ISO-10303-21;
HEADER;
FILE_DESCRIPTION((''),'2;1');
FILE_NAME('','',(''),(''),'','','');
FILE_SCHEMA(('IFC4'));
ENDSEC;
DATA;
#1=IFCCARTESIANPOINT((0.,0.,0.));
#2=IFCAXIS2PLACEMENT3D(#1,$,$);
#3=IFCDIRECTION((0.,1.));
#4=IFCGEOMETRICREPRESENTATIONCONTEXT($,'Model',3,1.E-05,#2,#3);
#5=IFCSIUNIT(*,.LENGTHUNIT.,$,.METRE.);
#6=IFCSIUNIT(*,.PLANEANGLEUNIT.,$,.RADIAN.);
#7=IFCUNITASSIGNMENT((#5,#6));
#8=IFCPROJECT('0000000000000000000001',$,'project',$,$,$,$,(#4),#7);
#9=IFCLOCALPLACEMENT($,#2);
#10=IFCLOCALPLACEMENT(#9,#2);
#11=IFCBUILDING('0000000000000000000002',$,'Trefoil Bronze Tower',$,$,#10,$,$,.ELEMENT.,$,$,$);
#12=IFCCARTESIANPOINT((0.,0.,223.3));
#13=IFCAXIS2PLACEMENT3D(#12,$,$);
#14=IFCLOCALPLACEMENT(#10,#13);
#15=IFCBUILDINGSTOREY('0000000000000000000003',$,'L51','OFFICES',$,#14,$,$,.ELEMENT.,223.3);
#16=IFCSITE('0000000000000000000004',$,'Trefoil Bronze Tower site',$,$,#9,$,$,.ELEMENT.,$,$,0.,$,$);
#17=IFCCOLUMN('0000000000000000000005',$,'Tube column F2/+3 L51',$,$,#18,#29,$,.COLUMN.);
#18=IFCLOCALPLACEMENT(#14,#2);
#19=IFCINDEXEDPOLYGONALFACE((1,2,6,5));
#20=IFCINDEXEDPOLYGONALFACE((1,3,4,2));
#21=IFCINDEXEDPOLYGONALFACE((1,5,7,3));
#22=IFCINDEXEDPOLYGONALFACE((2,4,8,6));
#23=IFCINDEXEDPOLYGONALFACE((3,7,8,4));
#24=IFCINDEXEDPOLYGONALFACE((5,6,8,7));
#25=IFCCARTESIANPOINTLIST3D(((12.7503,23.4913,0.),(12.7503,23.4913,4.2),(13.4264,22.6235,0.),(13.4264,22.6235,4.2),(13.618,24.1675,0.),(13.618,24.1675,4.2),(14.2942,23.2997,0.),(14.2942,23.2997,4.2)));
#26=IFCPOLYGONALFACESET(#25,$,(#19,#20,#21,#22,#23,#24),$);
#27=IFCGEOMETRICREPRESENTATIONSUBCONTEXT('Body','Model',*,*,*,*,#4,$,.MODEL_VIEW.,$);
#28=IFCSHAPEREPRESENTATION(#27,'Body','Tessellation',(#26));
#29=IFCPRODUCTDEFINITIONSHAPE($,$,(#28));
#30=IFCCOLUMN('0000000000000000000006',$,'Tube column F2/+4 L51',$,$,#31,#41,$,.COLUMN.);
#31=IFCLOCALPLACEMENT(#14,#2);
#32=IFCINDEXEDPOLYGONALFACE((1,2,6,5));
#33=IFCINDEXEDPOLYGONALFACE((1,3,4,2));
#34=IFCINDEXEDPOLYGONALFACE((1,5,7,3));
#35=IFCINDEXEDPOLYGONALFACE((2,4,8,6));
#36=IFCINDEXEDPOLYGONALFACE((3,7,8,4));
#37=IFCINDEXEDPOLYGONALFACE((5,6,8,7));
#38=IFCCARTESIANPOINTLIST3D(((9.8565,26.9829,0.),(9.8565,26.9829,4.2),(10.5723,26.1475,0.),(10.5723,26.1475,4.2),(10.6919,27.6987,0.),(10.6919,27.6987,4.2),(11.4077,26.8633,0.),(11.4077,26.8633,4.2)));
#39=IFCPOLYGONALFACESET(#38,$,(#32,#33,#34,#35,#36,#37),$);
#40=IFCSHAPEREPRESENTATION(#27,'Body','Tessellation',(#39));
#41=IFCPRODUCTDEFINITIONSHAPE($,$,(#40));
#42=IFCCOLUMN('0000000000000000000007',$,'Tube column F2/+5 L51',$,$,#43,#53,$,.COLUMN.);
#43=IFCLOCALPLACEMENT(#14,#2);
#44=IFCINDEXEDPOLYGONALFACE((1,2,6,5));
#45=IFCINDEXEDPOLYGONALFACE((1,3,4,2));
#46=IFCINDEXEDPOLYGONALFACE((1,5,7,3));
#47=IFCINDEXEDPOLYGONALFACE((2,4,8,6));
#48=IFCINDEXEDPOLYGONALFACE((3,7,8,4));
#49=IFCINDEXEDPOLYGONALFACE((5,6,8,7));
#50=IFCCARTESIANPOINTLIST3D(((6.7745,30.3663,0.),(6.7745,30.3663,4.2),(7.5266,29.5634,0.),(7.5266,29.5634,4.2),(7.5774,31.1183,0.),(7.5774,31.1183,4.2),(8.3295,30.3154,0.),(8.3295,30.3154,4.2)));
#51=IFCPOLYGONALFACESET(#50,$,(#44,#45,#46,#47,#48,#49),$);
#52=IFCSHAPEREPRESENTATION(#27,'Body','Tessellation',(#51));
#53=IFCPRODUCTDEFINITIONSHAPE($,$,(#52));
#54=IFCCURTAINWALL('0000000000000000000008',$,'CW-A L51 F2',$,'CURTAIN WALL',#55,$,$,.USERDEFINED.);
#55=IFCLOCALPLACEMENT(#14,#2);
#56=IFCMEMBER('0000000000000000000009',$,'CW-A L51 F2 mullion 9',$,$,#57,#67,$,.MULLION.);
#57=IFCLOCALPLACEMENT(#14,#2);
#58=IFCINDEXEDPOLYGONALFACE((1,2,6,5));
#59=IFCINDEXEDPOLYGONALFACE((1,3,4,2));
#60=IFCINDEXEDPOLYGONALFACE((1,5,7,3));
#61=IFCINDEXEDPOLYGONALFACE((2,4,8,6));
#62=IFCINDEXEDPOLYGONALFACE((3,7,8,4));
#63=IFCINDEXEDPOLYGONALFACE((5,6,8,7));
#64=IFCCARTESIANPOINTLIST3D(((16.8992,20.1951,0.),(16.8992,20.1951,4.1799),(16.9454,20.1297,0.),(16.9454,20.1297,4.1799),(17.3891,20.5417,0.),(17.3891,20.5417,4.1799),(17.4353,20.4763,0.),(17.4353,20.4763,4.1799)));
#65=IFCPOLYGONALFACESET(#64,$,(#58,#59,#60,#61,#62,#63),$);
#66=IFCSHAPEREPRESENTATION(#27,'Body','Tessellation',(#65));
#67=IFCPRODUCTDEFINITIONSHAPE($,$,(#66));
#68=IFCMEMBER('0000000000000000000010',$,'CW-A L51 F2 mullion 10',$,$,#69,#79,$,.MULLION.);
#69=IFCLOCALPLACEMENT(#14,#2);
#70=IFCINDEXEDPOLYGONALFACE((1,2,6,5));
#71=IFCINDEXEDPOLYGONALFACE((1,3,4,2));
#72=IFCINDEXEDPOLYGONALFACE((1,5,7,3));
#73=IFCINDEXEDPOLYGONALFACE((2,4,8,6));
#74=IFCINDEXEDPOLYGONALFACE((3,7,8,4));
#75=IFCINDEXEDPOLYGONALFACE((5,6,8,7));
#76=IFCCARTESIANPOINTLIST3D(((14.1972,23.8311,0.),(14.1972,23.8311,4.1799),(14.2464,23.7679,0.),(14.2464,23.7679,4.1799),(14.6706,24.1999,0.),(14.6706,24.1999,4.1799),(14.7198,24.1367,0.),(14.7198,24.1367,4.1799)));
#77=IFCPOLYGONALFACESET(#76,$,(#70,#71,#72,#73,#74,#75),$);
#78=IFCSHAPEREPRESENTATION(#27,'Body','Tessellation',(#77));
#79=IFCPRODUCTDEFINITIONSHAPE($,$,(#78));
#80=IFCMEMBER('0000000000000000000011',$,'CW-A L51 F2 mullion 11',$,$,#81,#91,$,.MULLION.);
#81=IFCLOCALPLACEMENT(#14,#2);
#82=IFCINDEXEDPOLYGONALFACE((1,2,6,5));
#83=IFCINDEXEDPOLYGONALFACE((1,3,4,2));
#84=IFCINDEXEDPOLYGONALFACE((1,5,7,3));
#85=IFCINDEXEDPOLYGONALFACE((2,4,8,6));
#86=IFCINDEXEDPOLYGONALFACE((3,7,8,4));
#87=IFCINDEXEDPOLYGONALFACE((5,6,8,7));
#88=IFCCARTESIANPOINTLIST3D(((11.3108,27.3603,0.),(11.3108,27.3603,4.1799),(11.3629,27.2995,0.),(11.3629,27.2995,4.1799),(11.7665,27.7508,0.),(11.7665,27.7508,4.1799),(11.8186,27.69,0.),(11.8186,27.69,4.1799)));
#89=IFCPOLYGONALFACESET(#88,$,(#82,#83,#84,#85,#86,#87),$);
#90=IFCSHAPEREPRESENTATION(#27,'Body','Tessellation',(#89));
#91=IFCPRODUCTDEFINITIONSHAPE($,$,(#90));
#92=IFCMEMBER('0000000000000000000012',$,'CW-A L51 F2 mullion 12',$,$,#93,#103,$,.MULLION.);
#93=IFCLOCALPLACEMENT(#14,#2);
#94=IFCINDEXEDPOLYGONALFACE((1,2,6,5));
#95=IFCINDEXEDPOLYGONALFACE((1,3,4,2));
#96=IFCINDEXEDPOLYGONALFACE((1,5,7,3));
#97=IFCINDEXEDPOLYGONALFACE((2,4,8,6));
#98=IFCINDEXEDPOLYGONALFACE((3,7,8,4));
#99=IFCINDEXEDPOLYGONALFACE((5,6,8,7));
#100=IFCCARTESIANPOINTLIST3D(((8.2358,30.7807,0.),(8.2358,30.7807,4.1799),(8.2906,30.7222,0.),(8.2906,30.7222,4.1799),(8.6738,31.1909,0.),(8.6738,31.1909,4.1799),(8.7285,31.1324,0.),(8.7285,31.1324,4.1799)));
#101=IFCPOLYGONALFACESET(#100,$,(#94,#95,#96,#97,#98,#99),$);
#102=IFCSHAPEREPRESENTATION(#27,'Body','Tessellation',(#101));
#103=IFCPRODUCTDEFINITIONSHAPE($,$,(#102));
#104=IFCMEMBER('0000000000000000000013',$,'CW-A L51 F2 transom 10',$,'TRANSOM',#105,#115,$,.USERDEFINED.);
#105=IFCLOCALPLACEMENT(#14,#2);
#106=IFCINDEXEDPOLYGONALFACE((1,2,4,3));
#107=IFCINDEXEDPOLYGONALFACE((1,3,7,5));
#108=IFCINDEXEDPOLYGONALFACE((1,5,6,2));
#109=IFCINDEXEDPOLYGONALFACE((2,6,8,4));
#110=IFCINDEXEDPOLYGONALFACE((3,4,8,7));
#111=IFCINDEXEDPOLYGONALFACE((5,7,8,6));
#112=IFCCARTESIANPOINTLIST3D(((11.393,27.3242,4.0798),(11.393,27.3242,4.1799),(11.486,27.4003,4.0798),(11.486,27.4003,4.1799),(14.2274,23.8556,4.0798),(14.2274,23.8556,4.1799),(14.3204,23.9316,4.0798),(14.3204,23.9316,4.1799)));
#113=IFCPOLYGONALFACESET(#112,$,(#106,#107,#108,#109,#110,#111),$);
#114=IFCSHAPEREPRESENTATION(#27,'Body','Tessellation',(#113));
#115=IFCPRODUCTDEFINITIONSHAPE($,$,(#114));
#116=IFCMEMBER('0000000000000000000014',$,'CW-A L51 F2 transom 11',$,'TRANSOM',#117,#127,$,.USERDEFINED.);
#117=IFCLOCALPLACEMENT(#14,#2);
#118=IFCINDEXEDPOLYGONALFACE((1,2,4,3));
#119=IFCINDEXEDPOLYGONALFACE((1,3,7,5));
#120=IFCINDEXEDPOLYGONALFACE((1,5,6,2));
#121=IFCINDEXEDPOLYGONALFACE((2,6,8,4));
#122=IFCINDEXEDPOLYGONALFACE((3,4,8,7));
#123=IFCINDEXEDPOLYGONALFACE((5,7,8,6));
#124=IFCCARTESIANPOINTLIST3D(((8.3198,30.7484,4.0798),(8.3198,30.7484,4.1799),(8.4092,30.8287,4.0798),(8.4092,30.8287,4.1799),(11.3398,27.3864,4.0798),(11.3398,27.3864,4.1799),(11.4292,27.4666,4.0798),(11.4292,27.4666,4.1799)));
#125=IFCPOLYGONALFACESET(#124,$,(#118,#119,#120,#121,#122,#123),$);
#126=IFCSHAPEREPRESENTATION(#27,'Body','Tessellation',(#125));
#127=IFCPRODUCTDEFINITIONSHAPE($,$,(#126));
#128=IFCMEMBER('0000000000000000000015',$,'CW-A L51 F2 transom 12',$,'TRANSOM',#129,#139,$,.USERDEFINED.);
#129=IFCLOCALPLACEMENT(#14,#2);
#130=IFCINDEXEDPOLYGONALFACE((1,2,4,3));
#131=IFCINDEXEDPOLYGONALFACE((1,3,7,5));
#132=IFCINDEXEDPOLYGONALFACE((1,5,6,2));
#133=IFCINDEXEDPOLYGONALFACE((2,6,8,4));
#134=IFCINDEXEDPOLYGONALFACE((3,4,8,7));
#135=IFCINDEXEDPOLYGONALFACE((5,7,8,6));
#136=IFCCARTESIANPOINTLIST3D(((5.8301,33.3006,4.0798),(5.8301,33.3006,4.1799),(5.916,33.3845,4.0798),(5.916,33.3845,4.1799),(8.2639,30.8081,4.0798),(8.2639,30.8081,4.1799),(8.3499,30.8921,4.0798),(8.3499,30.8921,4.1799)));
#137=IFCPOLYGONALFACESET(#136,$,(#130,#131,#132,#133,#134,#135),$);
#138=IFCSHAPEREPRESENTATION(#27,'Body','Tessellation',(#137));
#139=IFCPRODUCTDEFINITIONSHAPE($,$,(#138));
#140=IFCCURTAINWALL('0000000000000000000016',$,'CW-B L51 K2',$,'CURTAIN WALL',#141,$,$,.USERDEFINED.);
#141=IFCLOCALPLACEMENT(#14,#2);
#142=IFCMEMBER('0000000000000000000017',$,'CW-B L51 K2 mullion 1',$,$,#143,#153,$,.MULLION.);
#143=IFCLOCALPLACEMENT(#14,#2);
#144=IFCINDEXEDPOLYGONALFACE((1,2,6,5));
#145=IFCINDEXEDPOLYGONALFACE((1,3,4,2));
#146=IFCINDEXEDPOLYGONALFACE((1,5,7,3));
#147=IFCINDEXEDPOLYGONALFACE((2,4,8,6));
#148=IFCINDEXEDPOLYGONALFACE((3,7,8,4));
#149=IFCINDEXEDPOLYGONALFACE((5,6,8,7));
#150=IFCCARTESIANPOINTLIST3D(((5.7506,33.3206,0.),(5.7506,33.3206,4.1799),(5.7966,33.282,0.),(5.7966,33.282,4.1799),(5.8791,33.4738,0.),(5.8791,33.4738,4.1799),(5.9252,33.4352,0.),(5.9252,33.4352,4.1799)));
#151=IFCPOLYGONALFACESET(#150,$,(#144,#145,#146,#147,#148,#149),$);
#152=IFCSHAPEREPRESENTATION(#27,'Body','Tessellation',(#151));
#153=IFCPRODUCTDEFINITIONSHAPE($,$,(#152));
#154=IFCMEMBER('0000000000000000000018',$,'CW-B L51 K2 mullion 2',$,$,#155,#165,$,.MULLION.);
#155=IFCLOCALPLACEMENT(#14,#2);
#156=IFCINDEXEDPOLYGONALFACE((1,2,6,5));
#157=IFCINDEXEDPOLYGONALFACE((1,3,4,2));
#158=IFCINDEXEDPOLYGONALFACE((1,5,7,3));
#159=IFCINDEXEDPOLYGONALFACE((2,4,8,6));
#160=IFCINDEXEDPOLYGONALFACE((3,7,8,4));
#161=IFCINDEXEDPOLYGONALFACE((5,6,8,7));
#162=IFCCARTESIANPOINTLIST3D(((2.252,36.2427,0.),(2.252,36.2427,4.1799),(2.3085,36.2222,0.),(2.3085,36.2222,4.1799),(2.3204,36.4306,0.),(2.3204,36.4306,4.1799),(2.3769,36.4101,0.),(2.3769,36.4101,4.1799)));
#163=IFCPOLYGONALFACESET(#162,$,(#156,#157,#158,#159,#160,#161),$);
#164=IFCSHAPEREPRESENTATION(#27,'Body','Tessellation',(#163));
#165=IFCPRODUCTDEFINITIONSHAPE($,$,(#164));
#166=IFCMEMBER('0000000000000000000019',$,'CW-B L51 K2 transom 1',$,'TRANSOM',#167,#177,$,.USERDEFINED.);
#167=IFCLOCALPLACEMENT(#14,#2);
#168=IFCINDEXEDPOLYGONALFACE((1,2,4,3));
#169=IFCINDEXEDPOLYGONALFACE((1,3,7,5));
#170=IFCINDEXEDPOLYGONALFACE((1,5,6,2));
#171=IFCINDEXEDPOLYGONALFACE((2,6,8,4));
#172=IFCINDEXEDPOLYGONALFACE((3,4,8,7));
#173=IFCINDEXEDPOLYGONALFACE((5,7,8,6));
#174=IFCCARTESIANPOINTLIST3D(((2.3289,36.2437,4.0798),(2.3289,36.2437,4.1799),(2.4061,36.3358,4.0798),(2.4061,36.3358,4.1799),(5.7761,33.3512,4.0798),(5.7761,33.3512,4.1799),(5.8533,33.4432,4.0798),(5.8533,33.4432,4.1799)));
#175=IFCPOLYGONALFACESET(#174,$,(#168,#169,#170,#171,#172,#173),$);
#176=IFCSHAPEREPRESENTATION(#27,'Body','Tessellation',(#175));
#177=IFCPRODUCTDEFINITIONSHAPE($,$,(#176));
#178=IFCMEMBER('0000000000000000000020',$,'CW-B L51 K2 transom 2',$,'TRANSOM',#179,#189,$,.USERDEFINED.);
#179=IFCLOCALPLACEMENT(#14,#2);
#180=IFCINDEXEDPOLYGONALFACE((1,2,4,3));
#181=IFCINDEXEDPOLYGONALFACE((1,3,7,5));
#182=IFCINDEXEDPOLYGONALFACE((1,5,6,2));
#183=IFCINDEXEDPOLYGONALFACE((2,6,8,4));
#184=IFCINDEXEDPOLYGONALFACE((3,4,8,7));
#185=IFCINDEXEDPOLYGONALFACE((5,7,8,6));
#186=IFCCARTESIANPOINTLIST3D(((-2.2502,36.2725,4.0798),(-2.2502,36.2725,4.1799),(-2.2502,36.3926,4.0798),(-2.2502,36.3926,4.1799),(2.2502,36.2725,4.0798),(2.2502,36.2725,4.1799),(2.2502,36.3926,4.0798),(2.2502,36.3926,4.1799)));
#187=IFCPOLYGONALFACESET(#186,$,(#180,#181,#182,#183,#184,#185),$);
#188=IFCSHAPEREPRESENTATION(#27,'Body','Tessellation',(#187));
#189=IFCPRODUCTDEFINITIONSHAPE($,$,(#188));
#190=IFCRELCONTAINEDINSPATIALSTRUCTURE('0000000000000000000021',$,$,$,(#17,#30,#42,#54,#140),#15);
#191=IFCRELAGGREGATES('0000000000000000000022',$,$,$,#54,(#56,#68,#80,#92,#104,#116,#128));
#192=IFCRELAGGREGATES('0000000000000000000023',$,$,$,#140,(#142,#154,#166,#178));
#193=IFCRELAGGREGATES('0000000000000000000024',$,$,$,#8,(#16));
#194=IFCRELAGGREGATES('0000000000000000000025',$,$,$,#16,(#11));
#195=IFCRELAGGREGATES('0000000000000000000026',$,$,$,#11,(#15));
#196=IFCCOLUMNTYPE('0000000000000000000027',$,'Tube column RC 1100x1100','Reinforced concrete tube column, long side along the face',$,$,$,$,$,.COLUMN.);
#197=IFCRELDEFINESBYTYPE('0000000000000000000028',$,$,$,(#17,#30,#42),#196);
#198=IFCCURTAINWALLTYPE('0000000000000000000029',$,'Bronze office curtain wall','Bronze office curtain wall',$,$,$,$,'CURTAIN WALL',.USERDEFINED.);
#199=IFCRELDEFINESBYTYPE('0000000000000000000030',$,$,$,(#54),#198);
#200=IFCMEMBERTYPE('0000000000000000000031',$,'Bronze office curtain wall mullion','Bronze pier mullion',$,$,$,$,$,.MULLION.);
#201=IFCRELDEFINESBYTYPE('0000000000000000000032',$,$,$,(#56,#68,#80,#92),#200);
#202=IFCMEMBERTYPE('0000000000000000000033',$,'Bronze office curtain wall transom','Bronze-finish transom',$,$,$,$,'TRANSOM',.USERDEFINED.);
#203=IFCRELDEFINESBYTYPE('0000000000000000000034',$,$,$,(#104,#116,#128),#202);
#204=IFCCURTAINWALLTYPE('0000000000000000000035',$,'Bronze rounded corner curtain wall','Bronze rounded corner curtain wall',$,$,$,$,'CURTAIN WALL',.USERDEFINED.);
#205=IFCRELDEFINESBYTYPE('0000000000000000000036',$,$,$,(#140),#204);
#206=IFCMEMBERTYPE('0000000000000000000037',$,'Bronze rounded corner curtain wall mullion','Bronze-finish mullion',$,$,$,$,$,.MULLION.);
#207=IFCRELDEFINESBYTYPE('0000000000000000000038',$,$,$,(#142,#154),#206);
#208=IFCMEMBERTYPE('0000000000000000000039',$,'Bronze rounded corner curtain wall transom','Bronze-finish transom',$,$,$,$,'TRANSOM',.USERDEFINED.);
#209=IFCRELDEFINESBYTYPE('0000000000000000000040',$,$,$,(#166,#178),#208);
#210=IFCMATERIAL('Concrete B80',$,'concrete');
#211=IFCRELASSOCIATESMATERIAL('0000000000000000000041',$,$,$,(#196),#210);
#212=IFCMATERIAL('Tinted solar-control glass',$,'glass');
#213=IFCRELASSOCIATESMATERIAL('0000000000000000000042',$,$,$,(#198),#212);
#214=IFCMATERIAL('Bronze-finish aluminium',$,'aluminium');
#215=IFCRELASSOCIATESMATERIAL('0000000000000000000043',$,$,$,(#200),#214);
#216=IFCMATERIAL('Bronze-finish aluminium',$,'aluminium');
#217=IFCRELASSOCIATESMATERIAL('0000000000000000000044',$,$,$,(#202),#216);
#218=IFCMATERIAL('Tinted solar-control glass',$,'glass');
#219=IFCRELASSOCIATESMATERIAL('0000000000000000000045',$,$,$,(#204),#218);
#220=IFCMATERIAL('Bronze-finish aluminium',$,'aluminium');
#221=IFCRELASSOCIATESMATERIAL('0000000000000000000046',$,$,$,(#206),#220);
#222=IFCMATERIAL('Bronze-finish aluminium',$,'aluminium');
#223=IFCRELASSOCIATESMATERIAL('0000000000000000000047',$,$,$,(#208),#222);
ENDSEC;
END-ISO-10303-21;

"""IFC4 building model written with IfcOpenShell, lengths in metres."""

from ifc_helpers import new_model, si_unit, direction, frame, origin, origin_2d, place, context, subcontext, project, spatial, rectangle, extrude, material, material_profile, profile_set, type_object, element, aggregate, save


model = new_model("IFC4")

# Units and contexts
model_context = context("Model", 3, precision=1e-05, world=origin(), true_north=direction((0.0, 1.0)))
body_context = subcontext(model_context, "Body", "Model", "MODEL_VIEW")
ifc_project = project(units=[si_unit("LENGTHUNIT", "METRE"), si_unit("PLANEANGLEUNIT", "RADIAN")], contexts=[model_context])

# Site, building, storey
site_placement = place(None, origin())
site = spatial("IfcSite", under=ifc_project, at=site_placement, Name="Trefoil Bronze Tower site", CompositionType="ELEMENT", RefElevation=0.0)
building_placement = place(site_placement, origin())
building = spatial("IfcBuilding", under=site, at=building_placement, Name="Trefoil Bronze Tower", CompositionType="ELEMENT")
storey_placement = place(building_placement, frame((0.0, 0.0, 223.3)))
storey = spatial("IfcBuildingStorey", under=building, at=storey_placement, Name="L51", Description="OFFICES", CompositionType="ELEMENT", Elevation=223.3)

# Columns
ifc_material_1 = material(Name="Concrete B80", Category="concrete")
ifc_material_profile_1 = material_profile(ifc_material_1, rectangle(XDim=1.1001, YDim=1.1001, at=origin_2d()), Name="RC 1100x1100")
ifc_profile_set_1 = profile_set([ifc_material_profile_1], Name="Concrete B80")
column_type = type_object("IfcColumnType", Name="Tube column RC 1100x1100", Description="Reinforced concrete tube column, long side along the face", PredefinedType="COLUMN", material=ifc_profile_set_1)
for number, where, z_axis, x_axis, name in (
    (1, (13.5222, 23.3955, 0.0), (0.0, 0.0, 1.0), (-0.614622, 0.788821, 0.0), "Tube column F2/+3 L51"),
    (2, (10.6321, 26.9231, 0.0), (0.0, 0.0, 1.0), (-0.650677, 0.759355, 0.0), "Tube column F2/+4 L51"),
    (3, (7.552, 30.3408, 0.0), (0.0, 0.0, 1.0), (-0.683597, 0.72986, 0.0), "Tube column F2/+5 L51"),
):
    element("IfcColumn", number, at=place(storey_placement, frame(where, z_axis=z_axis, x_axis=x_axis)), inside=storey, type_object=column_type, Name=name, PredefinedType="COLUMN", context=body_context, shape_type="SweptSolid", body=[
        extrude(rectangle(XDim=1.1001, YDim=1.1001, at=origin_2d()), origin(), (0.0, 0.0, 1.0), 4.2),
    ])

# Curtain walls, members
ifc_material_2 = material(Name="Tinted solar-control glass", Category="glass")
curtain_wall_type_1 = type_object("IfcCurtainWallType", Name="Bronze office curtain wall", Description="Bronze office curtain wall", ElementType="CURTAIN WALL", PredefinedType="USERDEFINED", material=ifc_material_2)
curtain_wall_1_placement = place(storey_placement, origin())
curtain_wall_1 = element("IfcCurtainWall", 4, at=curtain_wall_1_placement, inside=storey, type_object=curtain_wall_type_1, Name="CW-A L51 F2", ObjectType="CURTAIN WALL", PredefinedType="USERDEFINED")
ifc_material_3 = material(Name="Bronze-finish aluminium", Category="aluminium")
ifc_material_profile_2 = material_profile(ifc_material_3, rectangle(XDim=0.6001, YDim=0.0801, at=origin_2d()), Name="CW-A mullion")
ifc_profile_set_2 = profile_set([ifc_material_profile_2], Name="Bronze-finish aluminium")
member_type_1 = type_object("IfcMemberType", Name="Bronze office curtain wall mullion", Description="Bronze pier mullion", PredefinedType="MULLION", material=ifc_profile_set_2)
member_1_placement = place(storey_placement, frame((17.1672, 20.3357, 0.0), z_axis=(0.0, 0.0, 1.0), x_axis=(-0.816404, -0.577481, 0.0)))
member_1 = element("IfcMember", 5, at=member_1_placement, type_object=member_type_1, Name="CW-A L51 F2 mullion 9", PredefinedType="MULLION", context=body_context, shape_type="SweptSolid", body=[
    extrude(rectangle(XDim=0.6001, YDim=0.0801, at=origin_2d()), origin(), (0.0, 0.0, 1.0), 4.1799),
])
member_2_placement = place(storey_placement, frame((14.4585, 23.9839, 0.0), z_axis=(0.0, 0.0, 1.0), x_axis=(-0.788821, -0.614622, 0.0)))
member_2 = element("IfcMember", 6, at=member_2_placement, type_object=member_type_1, Name="CW-A L51 F2 mullion 10", PredefinedType="MULLION", context=body_context, shape_type="SweptSolid", body=[
    extrude(rectangle(XDim=0.6001, YDim=0.0801, at=origin_2d()), origin(), (0.0, 0.0, 1.0), 4.1799),
])
member_3_placement = place(storey_placement, frame((11.5647, 27.5251, 0.0), z_axis=(0.0, 0.0, 1.0), x_axis=(-0.759355, -0.650677, 0.0)))
member_3 = element("IfcMember", 7, at=member_3_placement, type_object=member_type_1, Name="CW-A L51 F2 mullion 11", PredefinedType="MULLION", context=body_context, shape_type="SweptSolid", body=[
    extrude(rectangle(XDim=0.6001, YDim=0.0801, at=origin_2d()), origin(), (0.0, 0.0, 1.0), 4.1799),
])
member_4_placement = place(storey_placement, frame((8.4822, 30.9565, 0.0), z_axis=(0.0, 0.0, 1.0), x_axis=(-0.72986, -0.683597, 0.0)))
member_4 = element("IfcMember", 8, at=member_4_placement, type_object=member_type_1, Name="CW-A L51 F2 mullion 12", PredefinedType="MULLION", context=body_context, shape_type="SweptSolid", body=[
    extrude(rectangle(XDim=0.6001, YDim=0.0801, at=origin_2d()), origin(), (0.0, 0.0, 1.0), 4.1799),
])
ifc_material_4 = material(Name="Bronze-finish aluminium", Category="aluminium")
ifc_material_profile_3 = material_profile(ifc_material_4, rectangle(XDim=0.1201, YDim=0.1001, at=origin_2d()), Name="CW-A transom")
ifc_profile_set_3 = profile_set([ifc_material_profile_3], Name="Bronze-finish aluminium")
member_type_2 = type_object("IfcMemberType", Name="Bronze office curtain wall transom", Description="Bronze-finish transom", ElementType="TRANSOM", PredefinedType="USERDEFINED", material=ifc_profile_set_3)
member_5_placement = place(storey_placement, frame((14.2739, 23.8936, 4.1299), z_axis=(-0.632757, 0.774351, 0.0), x_axis=(-0.774351, -0.632757, 0.0)))
member_5 = element("IfcMember", 9, at=member_5_placement, type_object=member_type_2, Name="CW-A L51 F2 transom 10", ObjectType="TRANSOM", PredefinedType="USERDEFINED", context=body_context, shape_type="SweptSolid", body=[
    extrude(rectangle(XDim=0.1201, YDim=0.1001, at=origin_2d()), origin(), (0.0, 0.0, 1.0), 4.4795),
])
member_6_placement = place(storey_placement, frame((11.3845, 27.4265, 4.1299), z_axis=(-0.668251, 0.743936, 0.0), x_axis=(-0.743936, -0.668251, 0.0)))
member_6 = element("IfcMember", 10, at=member_6_placement, type_object=member_type_2, Name="CW-A L51 F2 transom 11", ObjectType="TRANSOM", PredefinedType="USERDEFINED", context=body_context, shape_type="SweptSolid", body=[
    extrude(rectangle(XDim=0.1201, YDim=0.1001, at=origin_2d()), origin(), (0.0, 0.0, 1.0), 4.5193),
])
member_7_placement = place(storey_placement, frame((8.3069, 30.8501, 4.1299), z_axis=(-0.698647, 0.715467, 0.0), x_axis=(-0.715467, -0.698647, 0.0)))
member_7 = element("IfcMember", 11, at=member_7_placement, type_object=member_type_2, Name="CW-A L51 F2 transom 12", ObjectType="TRANSOM", PredefinedType="USERDEFINED", context=body_context, shape_type="SweptSolid", body=[
    extrude(rectangle(XDim=0.1201, YDim=0.1001, at=origin_2d()), origin(), (0.0, 0.0, 1.0), 3.4836),
])
ifc_material_5 = material(Name="Tinted solar-control glass", Category="glass")
curtain_wall_type_2 = type_object("IfcCurtainWallType", Name="Bronze rounded corner curtain wall", Description="Bronze rounded corner curtain wall", ElementType="CURTAIN WALL", PredefinedType="USERDEFINED", material=ifc_material_5)
curtain_wall_2_placement = place(storey_placement, origin())
curtain_wall_2 = element("IfcCurtainWall", 12, at=curtain_wall_2_placement, inside=storey, type_object=curtain_wall_type_2, Name="CW-B L51 K2", ObjectType="CURTAIN WALL", PredefinedType="USERDEFINED")
ifc_material_6 = material(Name="Bronze-finish aluminium", Category="aluminium")
ifc_material_profile_4 = material_profile(ifc_material_6, rectangle(XDim=0.2, YDim=0.0601, at=origin_2d()), Name="CW-B mullion")
ifc_profile_set_4 = profile_set([ifc_material_profile_4], Name="Bronze-finish aluminium")
member_type_3 = type_object("IfcMemberType", Name="Bronze rounded corner curtain wall mullion", Description="Bronze-finish mullion", PredefinedType="MULLION", material=ifc_profile_set_4)
member_8_placement = place(storey_placement, frame((5.8379, 33.3779, 0.0), z_axis=(0.0, 0.0, 1.0), x_axis=(-0.642788, -0.766044, 0.0)))
member_8 = element("IfcMember", 13, at=member_8_placement, type_object=member_type_3, Name="CW-B L51 K2 mullion 1", PredefinedType="MULLION", context=body_context, shape_type="SweptSolid", body=[
    extrude(rectangle(XDim=0.2, YDim=0.0601, at=origin_2d()), origin(), (0.0, 0.0, 1.0), 4.1799),
])
member_9_placement = place(storey_placement, frame((2.3145, 36.3264, 0.0), z_axis=(0.0, 0.0, 1.0), x_axis=(-0.34202, -0.939693, 0.0)))
member_9 = element("IfcMember", 14, at=member_9_placement, type_object=member_type_3, Name="CW-B L51 K2 mullion 2", PredefinedType="MULLION", context=body_context, shape_type="SweptSolid", body=[
    extrude(rectangle(XDim=0.2, YDim=0.0601, at=origin_2d()), origin(), (0.0, 0.0, 1.0), 4.1799),
])
ifc_material_7 = material(Name="Bronze-finish aluminium", Category="aluminium")
ifc_material_profile_5 = material_profile(ifc_material_7, rectangle(XDim=0.1201, YDim=0.1001, at=origin_2d()), Name="CW-B transom")
ifc_profile_set_5 = profile_set([ifc_material_profile_5], Name="Bronze-finish aluminium")
member_type_4 = type_object("IfcMemberType", Name="Bronze rounded corner curtain wall transom", Description="Bronze-finish transom", ElementType="TRANSOM", PredefinedType="USERDEFINED", material=ifc_profile_set_5)
member_10_placement = place(storey_placement, frame((5.8147, 33.3972, 4.1299), z_axis=(-0.766047, 0.642785, 0.0), x_axis=(-0.642785, -0.766047, 0.0)))
member_10 = element("IfcMember", 15, at=member_10_placement, type_object=member_type_4, Name="CW-B L51 K2 transom 1", ObjectType="TRANSOM", PredefinedType="USERDEFINED", context=body_context, shape_type="SweptSolid", body=[
    extrude(rectangle(XDim=0.1201, YDim=0.1001, at=origin_2d()), origin(), (0.0, 0.0, 1.0), 4.5),
])
member_11_placement = place(storey_placement, frame((2.2502, 36.3325, 4.1299), z_axis=(-1.0, 0.0, 0.0), x_axis=(0.0, -1.0, 0.0)))
member_11 = element("IfcMember", 16, at=member_11_placement, type_object=member_type_4, Name="CW-B L51 K2 transom 2", ObjectType="TRANSOM", PredefinedType="USERDEFINED", context=body_context, shape_type="SweptSolid", body=[
    extrude(rectangle(XDim=0.1201, YDim=0.1001, at=origin_2d()), origin(), (0.0, 0.0, 1.0), 4.5005),
])

aggregate(curtain_wall_1, [member_1, member_2, member_3, member_4, member_5, member_6, member_7])
aggregate(curtain_wall_2, [member_8, member_9, member_10, member_11])

save(model, "model.ifc")
